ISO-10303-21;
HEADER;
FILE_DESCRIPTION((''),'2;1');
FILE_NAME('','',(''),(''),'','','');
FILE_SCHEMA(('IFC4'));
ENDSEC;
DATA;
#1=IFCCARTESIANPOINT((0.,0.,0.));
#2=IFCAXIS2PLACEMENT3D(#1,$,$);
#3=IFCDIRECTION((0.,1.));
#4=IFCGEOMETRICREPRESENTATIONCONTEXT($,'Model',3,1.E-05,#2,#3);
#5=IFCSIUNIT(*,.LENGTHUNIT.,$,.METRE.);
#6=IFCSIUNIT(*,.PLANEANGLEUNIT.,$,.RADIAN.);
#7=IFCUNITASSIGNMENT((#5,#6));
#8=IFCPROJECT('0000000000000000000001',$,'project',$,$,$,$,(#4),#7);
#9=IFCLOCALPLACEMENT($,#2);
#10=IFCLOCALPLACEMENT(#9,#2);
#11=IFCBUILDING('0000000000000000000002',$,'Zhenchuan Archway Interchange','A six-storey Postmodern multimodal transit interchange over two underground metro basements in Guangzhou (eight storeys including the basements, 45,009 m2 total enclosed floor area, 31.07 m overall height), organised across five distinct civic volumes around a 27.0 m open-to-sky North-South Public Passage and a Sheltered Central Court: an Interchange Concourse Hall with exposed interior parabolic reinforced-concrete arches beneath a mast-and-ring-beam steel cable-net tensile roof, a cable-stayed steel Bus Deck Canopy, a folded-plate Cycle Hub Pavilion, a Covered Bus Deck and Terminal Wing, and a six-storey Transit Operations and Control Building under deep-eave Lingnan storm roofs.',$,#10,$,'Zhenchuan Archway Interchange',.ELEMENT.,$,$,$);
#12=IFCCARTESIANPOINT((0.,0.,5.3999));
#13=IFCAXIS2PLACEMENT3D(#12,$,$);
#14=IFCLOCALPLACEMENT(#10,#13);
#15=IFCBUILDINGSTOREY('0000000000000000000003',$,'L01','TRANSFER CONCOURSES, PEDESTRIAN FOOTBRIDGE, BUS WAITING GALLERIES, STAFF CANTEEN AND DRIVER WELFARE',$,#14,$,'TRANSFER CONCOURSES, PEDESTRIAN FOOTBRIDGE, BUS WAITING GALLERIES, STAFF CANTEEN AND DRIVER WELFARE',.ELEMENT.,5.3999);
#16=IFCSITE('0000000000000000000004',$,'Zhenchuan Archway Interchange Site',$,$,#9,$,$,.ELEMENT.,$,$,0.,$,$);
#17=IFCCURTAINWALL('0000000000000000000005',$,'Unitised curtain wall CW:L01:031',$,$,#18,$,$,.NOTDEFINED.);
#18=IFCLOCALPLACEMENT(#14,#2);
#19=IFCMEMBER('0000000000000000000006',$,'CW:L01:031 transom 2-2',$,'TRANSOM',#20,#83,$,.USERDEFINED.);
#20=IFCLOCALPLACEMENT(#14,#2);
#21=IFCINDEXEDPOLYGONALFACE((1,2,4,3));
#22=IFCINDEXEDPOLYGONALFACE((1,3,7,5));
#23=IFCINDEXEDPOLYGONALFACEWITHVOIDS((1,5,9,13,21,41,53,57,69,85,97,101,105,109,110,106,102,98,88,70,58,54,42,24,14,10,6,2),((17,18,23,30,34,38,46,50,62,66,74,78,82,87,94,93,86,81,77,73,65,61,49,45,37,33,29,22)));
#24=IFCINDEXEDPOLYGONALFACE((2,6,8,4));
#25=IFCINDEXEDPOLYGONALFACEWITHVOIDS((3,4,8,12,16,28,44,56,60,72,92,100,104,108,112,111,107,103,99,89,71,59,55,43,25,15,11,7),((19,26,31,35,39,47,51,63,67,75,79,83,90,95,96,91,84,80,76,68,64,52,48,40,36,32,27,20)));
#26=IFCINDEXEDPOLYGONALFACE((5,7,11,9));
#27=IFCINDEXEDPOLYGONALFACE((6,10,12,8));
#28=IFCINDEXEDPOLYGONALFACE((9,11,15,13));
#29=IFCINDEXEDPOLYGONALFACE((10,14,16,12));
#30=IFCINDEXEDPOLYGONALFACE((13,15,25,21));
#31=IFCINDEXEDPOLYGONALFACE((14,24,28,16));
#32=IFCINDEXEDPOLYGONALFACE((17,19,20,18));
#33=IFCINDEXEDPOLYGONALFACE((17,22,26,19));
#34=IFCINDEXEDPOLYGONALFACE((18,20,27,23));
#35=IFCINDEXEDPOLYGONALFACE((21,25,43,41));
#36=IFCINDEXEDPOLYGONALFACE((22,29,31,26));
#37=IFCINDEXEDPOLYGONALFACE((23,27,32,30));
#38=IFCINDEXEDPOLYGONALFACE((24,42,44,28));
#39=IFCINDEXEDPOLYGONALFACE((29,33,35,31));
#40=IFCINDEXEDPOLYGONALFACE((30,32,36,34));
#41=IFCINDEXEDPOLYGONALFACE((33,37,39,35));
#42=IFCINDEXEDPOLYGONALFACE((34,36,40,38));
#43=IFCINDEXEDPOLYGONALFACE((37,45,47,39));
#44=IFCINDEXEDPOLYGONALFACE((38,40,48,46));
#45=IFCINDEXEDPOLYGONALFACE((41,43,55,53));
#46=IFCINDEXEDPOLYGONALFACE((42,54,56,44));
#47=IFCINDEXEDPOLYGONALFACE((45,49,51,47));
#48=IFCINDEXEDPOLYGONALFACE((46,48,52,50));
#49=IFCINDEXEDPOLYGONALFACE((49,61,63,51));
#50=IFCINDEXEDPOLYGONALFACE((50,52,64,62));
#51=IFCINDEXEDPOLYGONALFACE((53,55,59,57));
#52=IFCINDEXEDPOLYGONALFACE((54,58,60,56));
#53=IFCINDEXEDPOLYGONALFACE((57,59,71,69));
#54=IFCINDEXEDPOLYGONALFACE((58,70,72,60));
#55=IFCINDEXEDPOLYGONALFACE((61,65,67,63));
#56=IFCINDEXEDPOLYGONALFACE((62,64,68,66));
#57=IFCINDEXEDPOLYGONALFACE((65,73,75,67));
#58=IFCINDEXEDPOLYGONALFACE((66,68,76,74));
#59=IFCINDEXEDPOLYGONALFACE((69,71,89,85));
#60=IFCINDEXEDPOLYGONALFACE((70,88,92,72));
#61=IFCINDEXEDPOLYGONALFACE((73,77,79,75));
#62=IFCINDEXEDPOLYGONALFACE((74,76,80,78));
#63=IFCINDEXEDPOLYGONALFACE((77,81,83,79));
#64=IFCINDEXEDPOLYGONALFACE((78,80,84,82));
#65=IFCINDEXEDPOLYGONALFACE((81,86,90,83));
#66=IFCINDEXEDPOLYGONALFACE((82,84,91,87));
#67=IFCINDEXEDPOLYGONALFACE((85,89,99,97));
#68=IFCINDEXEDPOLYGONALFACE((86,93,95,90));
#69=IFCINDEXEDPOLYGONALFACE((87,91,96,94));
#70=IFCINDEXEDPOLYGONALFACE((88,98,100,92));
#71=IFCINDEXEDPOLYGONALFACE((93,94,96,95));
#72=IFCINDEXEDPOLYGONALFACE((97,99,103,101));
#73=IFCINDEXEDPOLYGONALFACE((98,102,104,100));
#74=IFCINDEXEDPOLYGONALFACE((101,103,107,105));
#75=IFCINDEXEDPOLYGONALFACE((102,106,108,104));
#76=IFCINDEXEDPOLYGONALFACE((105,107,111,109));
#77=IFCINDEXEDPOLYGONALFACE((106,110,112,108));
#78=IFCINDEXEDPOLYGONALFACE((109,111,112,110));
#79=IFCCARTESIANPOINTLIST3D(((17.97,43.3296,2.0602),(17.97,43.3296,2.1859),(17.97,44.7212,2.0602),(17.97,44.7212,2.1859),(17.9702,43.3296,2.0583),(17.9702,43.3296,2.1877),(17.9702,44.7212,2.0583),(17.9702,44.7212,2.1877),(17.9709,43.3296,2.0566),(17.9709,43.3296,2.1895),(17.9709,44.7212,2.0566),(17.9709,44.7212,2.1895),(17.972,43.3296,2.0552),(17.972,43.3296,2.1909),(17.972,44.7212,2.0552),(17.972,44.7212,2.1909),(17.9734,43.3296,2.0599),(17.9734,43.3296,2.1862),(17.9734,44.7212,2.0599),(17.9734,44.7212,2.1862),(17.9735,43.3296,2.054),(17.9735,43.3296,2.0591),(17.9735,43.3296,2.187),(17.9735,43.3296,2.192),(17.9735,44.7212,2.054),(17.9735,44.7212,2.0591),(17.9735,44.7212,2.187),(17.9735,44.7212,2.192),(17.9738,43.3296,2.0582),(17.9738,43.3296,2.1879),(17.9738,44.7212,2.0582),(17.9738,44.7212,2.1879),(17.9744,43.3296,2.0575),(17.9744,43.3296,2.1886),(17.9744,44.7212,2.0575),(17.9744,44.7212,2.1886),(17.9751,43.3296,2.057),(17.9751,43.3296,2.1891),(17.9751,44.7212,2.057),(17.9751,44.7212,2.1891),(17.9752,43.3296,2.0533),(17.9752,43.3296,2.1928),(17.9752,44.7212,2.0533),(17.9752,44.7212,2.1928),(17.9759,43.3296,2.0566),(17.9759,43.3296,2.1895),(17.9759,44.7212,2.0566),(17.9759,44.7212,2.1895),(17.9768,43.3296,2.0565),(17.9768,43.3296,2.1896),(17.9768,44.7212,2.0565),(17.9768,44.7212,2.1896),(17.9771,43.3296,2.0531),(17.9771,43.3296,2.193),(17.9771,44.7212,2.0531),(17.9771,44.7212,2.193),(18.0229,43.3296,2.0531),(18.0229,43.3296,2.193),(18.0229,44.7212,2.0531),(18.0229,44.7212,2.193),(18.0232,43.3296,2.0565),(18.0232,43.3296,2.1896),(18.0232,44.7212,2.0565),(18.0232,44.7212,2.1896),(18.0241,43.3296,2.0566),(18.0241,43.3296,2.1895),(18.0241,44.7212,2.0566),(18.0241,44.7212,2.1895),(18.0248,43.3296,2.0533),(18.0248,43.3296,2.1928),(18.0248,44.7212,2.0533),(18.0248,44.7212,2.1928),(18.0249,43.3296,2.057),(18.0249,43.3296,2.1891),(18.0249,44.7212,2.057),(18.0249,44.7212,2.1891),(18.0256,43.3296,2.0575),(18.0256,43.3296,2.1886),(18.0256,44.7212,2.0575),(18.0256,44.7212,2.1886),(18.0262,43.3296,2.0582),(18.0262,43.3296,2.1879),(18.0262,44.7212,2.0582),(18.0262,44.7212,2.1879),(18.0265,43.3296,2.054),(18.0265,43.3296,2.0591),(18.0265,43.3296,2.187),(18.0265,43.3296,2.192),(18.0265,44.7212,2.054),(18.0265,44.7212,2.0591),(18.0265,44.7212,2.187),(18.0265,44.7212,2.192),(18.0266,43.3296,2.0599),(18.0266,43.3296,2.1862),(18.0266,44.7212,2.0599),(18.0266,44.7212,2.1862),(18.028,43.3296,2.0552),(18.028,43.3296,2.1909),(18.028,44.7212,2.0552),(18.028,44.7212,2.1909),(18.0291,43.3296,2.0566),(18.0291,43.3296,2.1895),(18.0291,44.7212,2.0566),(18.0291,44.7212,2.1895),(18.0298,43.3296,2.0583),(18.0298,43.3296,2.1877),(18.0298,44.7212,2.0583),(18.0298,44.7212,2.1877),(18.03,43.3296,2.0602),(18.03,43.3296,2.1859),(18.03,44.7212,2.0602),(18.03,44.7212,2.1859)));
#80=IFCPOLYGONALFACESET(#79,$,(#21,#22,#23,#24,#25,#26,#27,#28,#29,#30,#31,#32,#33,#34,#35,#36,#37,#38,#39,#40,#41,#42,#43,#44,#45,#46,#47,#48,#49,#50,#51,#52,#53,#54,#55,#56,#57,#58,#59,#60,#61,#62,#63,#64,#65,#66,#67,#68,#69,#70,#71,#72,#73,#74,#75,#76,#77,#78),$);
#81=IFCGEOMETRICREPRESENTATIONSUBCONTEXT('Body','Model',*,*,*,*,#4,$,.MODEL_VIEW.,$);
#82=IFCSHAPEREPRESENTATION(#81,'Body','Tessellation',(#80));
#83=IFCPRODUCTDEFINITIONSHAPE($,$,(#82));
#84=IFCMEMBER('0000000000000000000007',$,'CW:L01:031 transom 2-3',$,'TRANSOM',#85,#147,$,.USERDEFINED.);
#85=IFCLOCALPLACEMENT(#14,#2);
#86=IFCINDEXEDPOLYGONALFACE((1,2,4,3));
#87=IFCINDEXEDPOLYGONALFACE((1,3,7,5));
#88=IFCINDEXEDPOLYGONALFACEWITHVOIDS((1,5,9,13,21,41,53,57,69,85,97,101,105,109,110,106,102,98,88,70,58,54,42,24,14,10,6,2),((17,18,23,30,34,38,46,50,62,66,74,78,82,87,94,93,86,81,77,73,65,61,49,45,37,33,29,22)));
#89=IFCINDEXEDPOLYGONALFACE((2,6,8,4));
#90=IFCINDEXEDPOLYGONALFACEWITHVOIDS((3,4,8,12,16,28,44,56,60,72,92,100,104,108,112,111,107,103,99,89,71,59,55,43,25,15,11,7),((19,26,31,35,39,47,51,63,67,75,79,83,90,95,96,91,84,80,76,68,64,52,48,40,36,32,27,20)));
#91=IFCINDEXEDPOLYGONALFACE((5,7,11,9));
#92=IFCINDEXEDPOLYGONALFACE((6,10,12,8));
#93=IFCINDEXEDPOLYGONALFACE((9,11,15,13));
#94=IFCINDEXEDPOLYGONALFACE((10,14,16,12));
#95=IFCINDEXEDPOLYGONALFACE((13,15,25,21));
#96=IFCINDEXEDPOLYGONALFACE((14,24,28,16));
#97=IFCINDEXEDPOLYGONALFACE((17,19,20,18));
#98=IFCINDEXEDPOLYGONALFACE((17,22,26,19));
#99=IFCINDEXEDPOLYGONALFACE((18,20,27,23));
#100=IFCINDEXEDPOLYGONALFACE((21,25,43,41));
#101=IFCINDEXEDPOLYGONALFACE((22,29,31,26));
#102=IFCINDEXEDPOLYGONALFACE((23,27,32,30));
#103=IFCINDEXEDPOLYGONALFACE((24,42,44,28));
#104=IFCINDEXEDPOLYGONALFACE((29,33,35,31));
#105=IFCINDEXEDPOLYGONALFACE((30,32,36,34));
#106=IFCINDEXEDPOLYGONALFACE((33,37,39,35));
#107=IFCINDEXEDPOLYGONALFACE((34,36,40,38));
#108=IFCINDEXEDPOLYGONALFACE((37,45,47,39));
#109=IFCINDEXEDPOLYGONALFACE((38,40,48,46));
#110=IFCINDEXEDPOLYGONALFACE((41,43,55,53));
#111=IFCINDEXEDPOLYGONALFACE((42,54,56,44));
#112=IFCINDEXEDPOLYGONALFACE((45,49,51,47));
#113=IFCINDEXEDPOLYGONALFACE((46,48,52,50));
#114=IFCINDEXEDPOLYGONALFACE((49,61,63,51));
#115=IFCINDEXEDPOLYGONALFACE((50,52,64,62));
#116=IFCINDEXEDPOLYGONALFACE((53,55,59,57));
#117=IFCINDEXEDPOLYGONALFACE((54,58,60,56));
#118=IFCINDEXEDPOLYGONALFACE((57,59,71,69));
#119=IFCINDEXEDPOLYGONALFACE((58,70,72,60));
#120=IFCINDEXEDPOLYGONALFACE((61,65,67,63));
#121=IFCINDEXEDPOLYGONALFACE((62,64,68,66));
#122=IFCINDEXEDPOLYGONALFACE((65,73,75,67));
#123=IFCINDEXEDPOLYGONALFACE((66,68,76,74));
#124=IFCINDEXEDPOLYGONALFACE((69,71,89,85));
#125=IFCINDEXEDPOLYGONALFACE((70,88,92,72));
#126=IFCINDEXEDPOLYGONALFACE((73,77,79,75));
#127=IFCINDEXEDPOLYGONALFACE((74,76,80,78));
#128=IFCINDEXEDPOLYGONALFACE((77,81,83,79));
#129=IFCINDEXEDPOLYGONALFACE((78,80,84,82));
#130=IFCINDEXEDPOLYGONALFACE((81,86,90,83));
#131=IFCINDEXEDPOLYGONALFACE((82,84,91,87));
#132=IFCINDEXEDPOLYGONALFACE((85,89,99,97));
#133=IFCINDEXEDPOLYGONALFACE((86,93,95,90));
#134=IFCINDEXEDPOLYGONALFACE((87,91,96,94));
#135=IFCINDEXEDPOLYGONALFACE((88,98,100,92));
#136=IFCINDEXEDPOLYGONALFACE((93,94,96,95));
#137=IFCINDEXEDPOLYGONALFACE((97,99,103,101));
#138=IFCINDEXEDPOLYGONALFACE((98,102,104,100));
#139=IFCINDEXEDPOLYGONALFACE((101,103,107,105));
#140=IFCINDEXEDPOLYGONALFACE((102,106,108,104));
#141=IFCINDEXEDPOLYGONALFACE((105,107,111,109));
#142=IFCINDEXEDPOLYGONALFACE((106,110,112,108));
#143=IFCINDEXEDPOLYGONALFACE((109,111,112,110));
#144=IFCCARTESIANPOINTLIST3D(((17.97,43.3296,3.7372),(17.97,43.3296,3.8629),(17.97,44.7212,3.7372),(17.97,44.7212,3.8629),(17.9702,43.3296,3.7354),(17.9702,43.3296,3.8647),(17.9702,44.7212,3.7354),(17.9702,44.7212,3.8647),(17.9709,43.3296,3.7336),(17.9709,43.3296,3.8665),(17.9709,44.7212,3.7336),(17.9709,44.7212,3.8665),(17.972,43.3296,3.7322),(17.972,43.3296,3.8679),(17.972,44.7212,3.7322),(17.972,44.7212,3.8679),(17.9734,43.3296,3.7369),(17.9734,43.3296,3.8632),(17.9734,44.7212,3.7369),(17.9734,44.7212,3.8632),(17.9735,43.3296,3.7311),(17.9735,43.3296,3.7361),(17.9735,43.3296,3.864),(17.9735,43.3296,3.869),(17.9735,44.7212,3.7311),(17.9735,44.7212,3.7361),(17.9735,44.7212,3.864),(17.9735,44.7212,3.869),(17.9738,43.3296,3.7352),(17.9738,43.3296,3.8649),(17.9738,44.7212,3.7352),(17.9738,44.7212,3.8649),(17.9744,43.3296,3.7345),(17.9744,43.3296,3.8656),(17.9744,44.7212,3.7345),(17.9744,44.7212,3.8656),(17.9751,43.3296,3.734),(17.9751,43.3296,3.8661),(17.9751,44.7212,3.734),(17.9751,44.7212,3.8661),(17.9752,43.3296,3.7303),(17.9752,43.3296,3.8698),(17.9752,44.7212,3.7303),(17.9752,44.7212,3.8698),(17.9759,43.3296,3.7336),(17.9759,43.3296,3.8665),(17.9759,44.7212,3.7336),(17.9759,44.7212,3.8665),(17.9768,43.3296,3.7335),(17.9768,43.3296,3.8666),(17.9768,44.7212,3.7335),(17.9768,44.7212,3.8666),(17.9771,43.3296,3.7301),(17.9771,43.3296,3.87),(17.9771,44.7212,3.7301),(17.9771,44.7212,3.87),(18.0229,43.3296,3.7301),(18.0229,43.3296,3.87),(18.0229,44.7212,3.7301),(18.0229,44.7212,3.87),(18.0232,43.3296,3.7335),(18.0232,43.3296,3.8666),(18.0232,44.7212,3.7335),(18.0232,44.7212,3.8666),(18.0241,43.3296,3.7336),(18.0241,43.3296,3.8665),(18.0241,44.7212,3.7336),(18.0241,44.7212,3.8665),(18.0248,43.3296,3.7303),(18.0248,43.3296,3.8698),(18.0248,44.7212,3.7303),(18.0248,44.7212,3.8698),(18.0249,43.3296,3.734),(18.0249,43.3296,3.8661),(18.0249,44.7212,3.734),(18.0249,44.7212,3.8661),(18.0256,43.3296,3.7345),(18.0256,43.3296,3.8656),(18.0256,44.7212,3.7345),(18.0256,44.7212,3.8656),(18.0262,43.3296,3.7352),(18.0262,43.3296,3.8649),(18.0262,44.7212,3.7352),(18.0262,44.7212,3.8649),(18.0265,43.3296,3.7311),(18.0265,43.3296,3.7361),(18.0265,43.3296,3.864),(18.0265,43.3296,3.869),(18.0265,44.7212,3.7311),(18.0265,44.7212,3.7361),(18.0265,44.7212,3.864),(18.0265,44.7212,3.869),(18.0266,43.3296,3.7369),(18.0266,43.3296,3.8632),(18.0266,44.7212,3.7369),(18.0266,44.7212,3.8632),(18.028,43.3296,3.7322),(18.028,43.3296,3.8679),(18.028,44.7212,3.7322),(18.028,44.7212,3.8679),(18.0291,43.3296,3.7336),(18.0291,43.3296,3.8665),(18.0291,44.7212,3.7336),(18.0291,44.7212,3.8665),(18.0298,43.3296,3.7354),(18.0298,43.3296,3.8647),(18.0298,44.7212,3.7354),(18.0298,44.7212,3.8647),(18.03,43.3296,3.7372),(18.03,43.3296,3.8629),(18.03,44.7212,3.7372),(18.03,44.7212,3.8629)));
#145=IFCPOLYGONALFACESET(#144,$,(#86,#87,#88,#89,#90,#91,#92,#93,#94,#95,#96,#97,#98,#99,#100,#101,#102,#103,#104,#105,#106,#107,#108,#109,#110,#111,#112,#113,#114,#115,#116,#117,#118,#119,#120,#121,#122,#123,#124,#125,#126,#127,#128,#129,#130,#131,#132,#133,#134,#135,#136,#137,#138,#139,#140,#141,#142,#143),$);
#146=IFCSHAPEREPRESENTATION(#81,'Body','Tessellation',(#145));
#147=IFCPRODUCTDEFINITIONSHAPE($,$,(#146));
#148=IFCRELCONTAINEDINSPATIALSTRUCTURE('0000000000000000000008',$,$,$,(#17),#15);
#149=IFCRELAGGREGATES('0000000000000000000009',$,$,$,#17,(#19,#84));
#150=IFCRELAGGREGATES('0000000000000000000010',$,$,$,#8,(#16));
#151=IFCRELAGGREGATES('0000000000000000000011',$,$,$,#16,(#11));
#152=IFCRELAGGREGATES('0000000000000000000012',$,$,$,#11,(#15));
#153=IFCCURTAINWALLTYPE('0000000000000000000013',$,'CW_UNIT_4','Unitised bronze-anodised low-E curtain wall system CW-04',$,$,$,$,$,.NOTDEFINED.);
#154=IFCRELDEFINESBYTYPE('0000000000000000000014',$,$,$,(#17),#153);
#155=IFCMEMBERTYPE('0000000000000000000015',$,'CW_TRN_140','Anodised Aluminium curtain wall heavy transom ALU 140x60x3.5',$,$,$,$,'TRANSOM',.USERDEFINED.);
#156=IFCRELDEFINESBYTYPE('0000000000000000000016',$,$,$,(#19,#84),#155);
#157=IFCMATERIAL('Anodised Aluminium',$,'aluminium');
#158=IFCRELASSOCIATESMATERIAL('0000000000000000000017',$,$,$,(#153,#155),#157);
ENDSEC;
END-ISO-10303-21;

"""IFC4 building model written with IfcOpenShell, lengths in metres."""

from ifc_helpers import new_model, si_unit, direction, frame, origin, origin_2d, place, context, subcontext, project, spatial, hollow_rectangle, extrude, material, material_profile, profile_set, type_object, element, aggregate, save


model = new_model("IFC4")

# Units and contexts
model_context = context("Model", 3, precision=1e-05, world=origin(), true_north=direction((0.0, 1.0)))
body_context = subcontext(model_context, "Body", "Model", "MODEL_VIEW")
ifc_project = project(units=[si_unit("LENGTHUNIT", "METRE"), si_unit("PLANEANGLEUNIT", "RADIAN")], contexts=[model_context])

# Site, building, storey
site_placement = place(None, origin())
site = spatial("IfcSite", under=ifc_project, at=site_placement, Name="Zhenchuan Archway Interchange Site", CompositionType="ELEMENT", RefElevation=0.0)
building_placement = place(site_placement, origin())
building = spatial("IfcBuilding", under=site, at=building_placement, Name="Zhenchuan Archway Interchange", Description="A six-storey Postmodern multimodal transit interchange over two underground metro basements in Guangzhou (eight storeys including the basements, 45,009 m2 total enclosed floor area, 31.07 m overall height), organised across five distinct civic volumes around a 27.0 m open-to-sky North-South Public Passage and a Sheltered Central Court: an Interchange Concourse Hall with exposed interior parabolic reinforced-concrete arches beneath a mast-and-ring-beam steel cable-net tensile roof, a cable-stayed steel Bus Deck Canopy, a folded-plate Cycle Hub Pavilion, a Covered Bus Deck and Terminal Wing, and a six-storey Transit Operations and Control Building under deep-eave Lingnan storm roofs.", LongName="Zhenchuan Archway Interchange", CompositionType="ELEMENT")
storey_placement = place(building_placement, frame((0.0, 0.0, 5.3999)))
storey = spatial("IfcBuildingStorey", under=building, at=storey_placement, Name="L01", Description="TRANSFER CONCOURSES, PEDESTRIAN FOOTBRIDGE, BUS WAITING GALLERIES, STAFF CANTEEN AND DRIVER WELFARE", LongName="TRANSFER CONCOURSES, PEDESTRIAN FOOTBRIDGE, BUS WAITING GALLERIES, STAFF CANTEEN AND DRIVER WELFARE", CompositionType="ELEMENT", Elevation=5.3999)

# Curtain wall, members
ifc_material_1 = material(Name="Anodised Aluminium", Category="aluminium")
curtain_wall_type = type_object("IfcCurtainWallType", Name="CW_UNIT_4", Description="Unitised bronze-anodised low-E curtain wall system CW-04", PredefinedType="NOTDEFINED", material=ifc_material_1)
curtain_wall_placement = place(storey_placement, origin())
curtain_wall = element("IfcCurtainWall", 1, at=curtain_wall_placement, inside=storey, type_object=curtain_wall_type, Name="Unitised curtain wall CW:L01:031", PredefinedType="NOTDEFINED")
ifc_material_profile_1 = material_profile(ifc_material_1, hollow_rectangle(XDim=0.0601, YDim=0.1399, WallThickness=0.0034, InnerFilletRadius=0.0034, OuterFilletRadius=0.0071, at=origin_2d()), Name="ALU 140x60x3.5")
ifc_profile_set_1 = profile_set([ifc_material_profile_1], Name="Anodised Aluminium")
member_type_1 = type_object("IfcMemberType", Name="CW_TRN_140", Description="Anodised Aluminium curtain wall heavy transom ALU 140x60x3.5", ElementType="TRANSOM", PredefinedType="USERDEFINED", material=ifc_profile_set_1)
member_1_placement = place(storey_placement, frame((18.0, 43.3296, 2.123), z_axis=(0.0, 1.0, 0.0), x_axis=(-1.0, 0.0, 0.0)))
member_1 = element("IfcMember", 2, at=member_1_placement, type_object=member_type_1, Name="CW:L01:031 transom 2-2", ObjectType="TRANSOM", PredefinedType="USERDEFINED", context=body_context, shape_type="SweptSolid", body=[
    extrude(hollow_rectangle(XDim=0.0601, YDim=0.1399, WallThickness=0.0034, InnerFilletRadius=0.0034, OuterFilletRadius=0.0071, at=origin_2d()), origin(), (0.0, 0.0, 1.0), 1.3916),
])
member_2_placement = place(storey_placement, frame((18.0, 43.3296, 3.8), z_axis=(0.0, 1.0, 0.0), x_axis=(-1.0, 0.0, 0.0)))
member_2 = element("IfcMember", 3, at=member_2_placement, type_object=member_type_1, Name="CW:L01:031 transom 2-3", ObjectType="TRANSOM", PredefinedType="USERDEFINED", context=body_context, shape_type="SweptSolid", body=[
    extrude(hollow_rectangle(XDim=0.0601, YDim=0.1399, WallThickness=0.0034, InnerFilletRadius=0.0034, OuterFilletRadius=0.0071, at=origin_2d()), origin(), (0.0, 0.0, 1.0), 1.3916),
])
aggregate(curtain_wall, [member_1, member_2])

save(model, "model.ifc")
